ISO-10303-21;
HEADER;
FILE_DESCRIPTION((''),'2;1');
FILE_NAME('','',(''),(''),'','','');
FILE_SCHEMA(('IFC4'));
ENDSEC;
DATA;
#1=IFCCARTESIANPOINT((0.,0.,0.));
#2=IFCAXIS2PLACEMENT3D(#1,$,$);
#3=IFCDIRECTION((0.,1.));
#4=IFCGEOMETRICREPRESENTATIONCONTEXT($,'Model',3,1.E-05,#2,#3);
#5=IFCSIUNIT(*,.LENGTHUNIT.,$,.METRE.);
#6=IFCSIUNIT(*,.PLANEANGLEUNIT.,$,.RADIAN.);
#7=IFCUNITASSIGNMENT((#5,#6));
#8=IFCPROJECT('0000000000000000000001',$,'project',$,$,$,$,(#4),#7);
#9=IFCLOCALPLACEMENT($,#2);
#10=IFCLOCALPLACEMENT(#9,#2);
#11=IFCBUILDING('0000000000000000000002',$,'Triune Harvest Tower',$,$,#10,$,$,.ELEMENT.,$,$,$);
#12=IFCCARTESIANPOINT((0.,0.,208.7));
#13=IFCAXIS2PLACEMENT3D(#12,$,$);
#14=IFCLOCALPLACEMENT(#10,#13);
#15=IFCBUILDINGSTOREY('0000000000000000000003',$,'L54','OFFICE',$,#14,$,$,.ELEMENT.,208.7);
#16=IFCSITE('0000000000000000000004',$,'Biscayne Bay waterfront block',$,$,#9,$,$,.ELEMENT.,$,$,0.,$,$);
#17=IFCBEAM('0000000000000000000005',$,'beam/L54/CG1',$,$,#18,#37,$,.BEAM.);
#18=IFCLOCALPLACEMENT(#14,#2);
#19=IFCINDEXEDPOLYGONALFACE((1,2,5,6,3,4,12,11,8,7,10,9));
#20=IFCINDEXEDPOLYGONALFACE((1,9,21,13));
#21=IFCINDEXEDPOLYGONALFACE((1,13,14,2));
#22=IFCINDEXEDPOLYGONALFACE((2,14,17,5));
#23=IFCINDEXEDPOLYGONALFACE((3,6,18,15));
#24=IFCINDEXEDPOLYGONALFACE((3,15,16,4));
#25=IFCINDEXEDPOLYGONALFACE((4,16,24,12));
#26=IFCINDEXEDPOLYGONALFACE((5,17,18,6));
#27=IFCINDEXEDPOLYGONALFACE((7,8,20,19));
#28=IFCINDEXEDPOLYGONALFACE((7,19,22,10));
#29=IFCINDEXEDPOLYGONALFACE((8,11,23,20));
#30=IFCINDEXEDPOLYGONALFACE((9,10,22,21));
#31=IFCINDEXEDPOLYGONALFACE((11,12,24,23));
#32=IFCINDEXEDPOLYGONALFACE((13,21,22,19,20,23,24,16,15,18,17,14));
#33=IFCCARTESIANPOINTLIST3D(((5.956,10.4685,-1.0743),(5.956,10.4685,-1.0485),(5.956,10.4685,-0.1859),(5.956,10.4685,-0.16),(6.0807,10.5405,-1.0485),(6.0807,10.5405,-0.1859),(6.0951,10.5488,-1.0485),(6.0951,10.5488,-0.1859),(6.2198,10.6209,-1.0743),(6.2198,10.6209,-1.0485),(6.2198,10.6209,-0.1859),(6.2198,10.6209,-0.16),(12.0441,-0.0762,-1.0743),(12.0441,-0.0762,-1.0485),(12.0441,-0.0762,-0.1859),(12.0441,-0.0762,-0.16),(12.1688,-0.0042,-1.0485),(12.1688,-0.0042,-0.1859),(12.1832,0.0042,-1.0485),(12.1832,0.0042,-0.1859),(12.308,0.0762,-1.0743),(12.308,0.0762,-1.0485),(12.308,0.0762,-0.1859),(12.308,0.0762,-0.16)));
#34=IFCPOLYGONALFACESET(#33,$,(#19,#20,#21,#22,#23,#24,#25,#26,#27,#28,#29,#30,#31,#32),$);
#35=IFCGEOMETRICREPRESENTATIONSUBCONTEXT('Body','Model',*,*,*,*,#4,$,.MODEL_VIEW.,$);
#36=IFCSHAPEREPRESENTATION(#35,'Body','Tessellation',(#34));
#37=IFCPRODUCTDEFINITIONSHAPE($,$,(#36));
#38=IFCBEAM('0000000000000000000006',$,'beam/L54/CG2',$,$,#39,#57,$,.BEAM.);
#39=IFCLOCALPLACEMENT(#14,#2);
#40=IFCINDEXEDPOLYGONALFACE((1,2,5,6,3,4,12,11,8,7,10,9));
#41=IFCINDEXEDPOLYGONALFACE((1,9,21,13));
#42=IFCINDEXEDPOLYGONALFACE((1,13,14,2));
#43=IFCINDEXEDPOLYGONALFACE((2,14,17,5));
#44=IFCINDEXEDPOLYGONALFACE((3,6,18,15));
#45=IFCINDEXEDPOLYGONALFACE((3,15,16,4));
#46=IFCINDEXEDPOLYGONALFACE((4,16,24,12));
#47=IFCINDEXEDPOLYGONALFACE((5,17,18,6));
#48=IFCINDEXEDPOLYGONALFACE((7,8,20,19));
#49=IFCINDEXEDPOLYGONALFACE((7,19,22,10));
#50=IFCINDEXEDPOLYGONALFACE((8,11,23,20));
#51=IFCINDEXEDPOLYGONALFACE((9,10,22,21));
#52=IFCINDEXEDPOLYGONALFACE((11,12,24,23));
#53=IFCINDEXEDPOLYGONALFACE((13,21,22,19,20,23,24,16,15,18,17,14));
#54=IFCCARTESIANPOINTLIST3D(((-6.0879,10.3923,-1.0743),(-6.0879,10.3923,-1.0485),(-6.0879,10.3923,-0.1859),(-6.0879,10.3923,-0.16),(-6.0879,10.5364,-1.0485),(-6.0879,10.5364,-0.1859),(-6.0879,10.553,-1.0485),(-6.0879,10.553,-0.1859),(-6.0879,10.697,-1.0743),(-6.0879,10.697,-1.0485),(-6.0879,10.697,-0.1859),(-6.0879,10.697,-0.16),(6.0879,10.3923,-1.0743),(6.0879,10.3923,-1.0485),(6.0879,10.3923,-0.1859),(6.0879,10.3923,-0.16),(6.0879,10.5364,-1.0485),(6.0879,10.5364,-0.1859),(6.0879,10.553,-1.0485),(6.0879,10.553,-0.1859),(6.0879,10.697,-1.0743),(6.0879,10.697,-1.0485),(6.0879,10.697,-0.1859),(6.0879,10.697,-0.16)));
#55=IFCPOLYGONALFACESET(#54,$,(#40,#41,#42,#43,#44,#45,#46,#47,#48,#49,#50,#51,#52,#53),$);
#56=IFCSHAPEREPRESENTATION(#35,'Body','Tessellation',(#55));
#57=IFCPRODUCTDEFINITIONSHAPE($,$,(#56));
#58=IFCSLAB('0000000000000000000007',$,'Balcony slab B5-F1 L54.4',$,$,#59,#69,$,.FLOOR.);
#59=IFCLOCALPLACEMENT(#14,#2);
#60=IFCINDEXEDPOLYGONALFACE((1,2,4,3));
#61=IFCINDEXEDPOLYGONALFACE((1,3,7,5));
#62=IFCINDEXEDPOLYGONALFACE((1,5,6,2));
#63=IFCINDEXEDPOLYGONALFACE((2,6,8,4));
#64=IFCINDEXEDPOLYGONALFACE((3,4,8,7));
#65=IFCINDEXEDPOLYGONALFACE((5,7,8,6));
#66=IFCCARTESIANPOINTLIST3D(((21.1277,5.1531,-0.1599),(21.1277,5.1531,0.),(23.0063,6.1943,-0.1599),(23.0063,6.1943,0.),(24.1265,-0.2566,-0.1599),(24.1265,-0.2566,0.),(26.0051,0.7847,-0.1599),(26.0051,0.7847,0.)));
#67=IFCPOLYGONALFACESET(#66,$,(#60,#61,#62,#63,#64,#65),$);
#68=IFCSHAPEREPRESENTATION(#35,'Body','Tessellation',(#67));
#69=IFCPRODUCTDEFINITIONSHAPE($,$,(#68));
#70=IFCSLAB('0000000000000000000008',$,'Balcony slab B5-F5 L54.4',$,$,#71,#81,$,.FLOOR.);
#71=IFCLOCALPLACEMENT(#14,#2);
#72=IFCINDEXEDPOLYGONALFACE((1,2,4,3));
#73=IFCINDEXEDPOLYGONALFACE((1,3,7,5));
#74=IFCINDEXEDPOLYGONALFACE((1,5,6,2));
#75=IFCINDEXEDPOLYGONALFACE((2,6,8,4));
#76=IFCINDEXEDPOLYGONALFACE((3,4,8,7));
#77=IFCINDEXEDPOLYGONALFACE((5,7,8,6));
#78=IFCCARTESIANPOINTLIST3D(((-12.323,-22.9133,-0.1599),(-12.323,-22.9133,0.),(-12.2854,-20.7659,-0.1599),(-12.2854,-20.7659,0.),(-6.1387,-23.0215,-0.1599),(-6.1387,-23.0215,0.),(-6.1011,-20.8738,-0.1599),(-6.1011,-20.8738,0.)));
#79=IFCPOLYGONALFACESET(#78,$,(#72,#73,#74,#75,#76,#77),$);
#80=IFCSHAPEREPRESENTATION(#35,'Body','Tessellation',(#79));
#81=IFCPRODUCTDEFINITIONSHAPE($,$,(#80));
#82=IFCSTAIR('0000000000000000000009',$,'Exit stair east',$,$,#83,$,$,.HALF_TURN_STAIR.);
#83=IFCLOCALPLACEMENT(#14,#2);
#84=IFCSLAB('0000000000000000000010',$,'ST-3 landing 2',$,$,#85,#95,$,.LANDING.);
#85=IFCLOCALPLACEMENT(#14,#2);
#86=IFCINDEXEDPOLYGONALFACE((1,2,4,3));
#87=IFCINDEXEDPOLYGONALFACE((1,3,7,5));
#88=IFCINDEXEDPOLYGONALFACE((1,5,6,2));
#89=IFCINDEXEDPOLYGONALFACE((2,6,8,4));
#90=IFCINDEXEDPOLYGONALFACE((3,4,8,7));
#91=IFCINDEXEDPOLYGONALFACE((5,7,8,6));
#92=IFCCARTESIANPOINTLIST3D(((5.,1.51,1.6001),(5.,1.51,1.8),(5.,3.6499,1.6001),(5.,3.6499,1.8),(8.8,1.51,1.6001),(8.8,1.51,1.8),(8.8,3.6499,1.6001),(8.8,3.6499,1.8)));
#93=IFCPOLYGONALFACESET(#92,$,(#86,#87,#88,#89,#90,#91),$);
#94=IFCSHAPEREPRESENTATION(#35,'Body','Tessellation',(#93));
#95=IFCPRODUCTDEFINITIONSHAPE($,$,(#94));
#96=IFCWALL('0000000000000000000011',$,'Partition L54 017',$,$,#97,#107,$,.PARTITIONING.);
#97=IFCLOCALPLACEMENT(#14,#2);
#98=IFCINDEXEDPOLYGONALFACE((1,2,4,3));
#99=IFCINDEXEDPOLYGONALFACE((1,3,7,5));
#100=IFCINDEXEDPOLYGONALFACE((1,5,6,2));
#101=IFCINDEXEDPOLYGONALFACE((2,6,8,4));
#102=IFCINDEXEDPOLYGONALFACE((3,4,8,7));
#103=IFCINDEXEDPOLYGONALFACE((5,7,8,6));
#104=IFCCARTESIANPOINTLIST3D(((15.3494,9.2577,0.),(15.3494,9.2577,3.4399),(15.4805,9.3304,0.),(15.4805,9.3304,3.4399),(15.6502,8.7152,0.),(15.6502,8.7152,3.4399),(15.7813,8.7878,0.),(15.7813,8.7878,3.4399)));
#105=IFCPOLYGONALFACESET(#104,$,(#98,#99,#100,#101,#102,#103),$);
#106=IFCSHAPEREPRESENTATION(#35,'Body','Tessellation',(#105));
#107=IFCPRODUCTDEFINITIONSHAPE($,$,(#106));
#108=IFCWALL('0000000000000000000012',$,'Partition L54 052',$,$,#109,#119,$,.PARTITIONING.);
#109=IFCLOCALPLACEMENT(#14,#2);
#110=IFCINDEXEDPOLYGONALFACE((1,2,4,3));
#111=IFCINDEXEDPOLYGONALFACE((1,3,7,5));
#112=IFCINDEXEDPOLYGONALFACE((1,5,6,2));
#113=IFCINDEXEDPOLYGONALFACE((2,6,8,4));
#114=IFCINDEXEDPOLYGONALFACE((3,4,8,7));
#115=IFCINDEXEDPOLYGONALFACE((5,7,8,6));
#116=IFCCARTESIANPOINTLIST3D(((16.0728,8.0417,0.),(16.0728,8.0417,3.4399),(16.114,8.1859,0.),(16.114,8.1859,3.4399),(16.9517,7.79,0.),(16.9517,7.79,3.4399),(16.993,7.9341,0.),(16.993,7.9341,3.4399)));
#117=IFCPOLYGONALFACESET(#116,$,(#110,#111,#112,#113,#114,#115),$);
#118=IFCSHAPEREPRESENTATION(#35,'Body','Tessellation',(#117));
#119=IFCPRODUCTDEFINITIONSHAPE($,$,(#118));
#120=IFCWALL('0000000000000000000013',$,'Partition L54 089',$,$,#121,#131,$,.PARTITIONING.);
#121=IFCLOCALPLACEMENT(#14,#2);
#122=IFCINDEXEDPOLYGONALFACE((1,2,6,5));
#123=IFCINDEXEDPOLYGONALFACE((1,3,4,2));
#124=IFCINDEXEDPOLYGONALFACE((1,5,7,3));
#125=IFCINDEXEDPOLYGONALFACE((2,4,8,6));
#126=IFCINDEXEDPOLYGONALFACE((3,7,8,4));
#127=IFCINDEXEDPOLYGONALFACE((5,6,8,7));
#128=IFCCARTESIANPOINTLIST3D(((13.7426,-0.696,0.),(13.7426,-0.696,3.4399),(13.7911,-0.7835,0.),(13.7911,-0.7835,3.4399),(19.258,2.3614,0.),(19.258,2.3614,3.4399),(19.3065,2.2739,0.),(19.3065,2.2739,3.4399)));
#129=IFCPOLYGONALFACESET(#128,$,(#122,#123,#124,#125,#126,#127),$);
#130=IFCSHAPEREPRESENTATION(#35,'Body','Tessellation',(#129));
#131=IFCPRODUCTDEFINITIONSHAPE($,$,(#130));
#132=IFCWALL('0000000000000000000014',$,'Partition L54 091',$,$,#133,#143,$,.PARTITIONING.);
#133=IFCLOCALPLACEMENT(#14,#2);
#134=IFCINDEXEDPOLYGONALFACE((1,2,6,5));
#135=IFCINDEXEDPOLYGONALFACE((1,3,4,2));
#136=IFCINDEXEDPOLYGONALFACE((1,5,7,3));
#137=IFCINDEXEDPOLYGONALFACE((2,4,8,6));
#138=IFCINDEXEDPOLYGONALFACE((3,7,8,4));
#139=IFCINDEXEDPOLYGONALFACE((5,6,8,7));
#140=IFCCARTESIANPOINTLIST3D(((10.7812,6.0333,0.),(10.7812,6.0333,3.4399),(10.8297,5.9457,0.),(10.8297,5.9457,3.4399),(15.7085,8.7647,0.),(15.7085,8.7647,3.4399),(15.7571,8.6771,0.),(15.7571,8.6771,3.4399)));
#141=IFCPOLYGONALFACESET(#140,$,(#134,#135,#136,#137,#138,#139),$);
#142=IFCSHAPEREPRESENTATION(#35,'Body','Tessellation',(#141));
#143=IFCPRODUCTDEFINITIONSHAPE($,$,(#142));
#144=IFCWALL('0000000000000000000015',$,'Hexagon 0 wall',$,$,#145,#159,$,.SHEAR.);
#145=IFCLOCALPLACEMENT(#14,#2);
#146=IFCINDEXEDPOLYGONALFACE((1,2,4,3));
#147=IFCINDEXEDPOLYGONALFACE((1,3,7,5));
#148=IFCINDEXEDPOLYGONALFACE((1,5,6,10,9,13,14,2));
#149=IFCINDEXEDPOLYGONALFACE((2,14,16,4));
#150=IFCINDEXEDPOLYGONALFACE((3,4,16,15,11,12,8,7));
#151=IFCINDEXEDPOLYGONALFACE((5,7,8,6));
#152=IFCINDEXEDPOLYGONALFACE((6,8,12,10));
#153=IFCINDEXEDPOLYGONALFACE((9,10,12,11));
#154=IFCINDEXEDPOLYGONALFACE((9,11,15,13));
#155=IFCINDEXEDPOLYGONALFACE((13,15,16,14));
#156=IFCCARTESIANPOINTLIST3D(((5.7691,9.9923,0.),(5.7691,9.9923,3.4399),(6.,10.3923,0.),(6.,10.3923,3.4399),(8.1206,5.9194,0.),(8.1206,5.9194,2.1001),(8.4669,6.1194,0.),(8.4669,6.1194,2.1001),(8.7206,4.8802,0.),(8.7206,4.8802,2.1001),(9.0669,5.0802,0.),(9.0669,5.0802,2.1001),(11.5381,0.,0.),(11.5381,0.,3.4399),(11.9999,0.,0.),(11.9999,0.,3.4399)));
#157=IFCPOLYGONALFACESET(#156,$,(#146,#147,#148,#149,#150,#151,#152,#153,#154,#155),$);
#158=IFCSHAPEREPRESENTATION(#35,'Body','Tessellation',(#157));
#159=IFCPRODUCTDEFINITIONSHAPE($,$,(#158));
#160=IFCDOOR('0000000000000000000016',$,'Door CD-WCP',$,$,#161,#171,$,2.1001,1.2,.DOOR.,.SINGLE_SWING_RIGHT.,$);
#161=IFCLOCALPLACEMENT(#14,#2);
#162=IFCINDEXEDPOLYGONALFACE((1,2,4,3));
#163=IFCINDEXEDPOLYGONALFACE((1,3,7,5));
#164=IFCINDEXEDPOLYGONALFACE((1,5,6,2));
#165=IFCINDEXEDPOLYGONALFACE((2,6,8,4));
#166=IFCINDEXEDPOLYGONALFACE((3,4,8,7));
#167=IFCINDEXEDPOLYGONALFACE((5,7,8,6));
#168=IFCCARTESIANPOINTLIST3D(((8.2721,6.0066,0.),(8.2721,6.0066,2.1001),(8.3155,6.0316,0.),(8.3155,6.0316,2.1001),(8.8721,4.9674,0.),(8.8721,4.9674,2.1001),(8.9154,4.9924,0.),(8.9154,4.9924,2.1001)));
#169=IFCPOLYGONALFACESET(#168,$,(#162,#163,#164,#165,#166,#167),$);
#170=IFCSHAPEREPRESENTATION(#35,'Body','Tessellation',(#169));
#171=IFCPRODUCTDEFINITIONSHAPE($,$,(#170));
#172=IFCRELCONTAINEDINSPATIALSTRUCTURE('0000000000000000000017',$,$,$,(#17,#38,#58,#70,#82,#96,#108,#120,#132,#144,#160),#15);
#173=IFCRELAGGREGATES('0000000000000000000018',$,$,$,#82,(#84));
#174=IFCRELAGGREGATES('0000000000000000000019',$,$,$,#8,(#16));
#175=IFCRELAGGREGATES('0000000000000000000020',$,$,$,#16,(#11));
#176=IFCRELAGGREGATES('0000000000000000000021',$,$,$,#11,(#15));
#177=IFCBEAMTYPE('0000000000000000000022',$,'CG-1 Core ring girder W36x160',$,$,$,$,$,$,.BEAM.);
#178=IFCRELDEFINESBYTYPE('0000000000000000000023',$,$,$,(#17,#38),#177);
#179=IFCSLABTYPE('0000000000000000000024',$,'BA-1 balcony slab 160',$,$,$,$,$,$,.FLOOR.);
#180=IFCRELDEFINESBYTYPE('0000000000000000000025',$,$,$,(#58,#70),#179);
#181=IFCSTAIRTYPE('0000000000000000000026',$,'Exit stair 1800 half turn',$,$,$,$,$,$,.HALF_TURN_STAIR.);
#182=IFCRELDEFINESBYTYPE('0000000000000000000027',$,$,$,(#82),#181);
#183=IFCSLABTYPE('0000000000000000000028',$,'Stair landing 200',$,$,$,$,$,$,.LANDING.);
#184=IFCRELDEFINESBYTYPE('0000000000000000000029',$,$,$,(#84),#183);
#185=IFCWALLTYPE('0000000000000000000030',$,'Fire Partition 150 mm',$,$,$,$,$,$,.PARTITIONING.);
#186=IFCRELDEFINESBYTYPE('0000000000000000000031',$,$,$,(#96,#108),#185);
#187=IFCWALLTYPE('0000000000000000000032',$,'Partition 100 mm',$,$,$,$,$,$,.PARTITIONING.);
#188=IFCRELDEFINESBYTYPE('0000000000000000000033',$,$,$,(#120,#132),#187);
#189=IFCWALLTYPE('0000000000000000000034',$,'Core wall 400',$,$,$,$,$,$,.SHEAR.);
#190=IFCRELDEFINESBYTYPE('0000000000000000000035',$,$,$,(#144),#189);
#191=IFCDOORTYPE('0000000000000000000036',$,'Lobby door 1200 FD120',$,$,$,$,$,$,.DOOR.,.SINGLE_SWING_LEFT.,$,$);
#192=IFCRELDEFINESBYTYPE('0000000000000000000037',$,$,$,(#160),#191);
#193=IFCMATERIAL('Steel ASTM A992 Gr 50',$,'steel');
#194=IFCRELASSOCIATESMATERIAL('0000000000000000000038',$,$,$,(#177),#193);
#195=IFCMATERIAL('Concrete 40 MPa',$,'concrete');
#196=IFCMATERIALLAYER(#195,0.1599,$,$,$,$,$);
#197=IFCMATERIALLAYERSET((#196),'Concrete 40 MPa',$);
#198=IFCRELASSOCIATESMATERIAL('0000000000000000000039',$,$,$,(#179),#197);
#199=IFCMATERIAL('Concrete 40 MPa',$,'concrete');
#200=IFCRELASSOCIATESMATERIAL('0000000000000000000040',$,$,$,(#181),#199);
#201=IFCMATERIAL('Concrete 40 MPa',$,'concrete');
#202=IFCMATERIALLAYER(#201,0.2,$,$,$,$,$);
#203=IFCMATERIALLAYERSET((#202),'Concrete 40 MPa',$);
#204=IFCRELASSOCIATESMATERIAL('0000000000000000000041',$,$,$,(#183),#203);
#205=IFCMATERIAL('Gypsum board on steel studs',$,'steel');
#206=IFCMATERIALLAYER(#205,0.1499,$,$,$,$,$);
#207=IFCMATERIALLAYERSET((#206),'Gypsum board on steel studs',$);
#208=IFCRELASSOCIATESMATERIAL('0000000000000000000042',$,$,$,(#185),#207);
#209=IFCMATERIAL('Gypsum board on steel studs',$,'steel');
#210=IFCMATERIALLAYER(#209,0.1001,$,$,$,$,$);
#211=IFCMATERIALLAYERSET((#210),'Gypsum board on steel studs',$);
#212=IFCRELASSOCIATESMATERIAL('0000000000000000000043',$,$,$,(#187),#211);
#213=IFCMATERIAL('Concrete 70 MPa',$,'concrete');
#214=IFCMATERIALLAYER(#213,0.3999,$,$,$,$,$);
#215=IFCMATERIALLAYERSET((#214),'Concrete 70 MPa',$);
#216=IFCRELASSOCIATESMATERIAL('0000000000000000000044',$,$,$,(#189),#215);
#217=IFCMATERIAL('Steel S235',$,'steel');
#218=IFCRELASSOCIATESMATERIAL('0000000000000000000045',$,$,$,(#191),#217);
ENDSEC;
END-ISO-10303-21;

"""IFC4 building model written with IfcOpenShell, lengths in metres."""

from ifc_helpers import new_model, si_unit, direction, frame, frame_2d, origin, origin_2d, place, context, subcontext, project, spatial, polyline, rectangle, i_section, outline, extrude, source, transform, mapped, material, layer, layer_set, material_profile, profile_set, type_object, element, fill, aggregate, save


model = new_model("IFC4")

# Units and contexts
model_context = context("Model", 3, precision=1e-05, world=origin(), true_north=direction((0.0, 1.0)))
body_context = subcontext(model_context, "Body", "Model", "MODEL_VIEW")
ifc_project = project(units=[si_unit("LENGTHUNIT", "METRE"), si_unit("PLANEANGLEUNIT", "RADIAN")], contexts=[model_context])

# Site, building, storey
site_placement = place(None, origin())
site = spatial("IfcSite", under=ifc_project, at=site_placement, Name="Biscayne Bay waterfront block", CompositionType="ELEMENT", RefElevation=0.0)
building_placement = place(site_placement, origin())
building = spatial("IfcBuilding", under=site, at=building_placement, Name="Triune Harvest Tower", CompositionType="ELEMENT")
storey_placement = place(building_placement, frame((0.0, 0.0, 208.7)))
storey = spatial("IfcBuildingStorey", under=building, at=storey_placement, Name="L54", Description="OFFICE", CompositionType="ELEMENT", Elevation=208.7)

# Beams
ifc_material_1 = material(Name="Steel ASTM A992 Gr 50", Category="steel")
ifc_material_profile = material_profile(ifc_material_1, i_section(OverallWidth=0.3047, OverallDepth=0.9143, WebThickness=0.0166, FlangeThickness=0.0259, at=origin_2d()), Name="W36x160")
ifc_profile_set = profile_set([ifc_material_profile], Name="Steel ASTM A992 Gr 50")
beam_type = type_object("IfcBeamType", Name="CG-1 Core ring girder W36x160", PredefinedType="BEAM", material=ifc_profile_set)
shared_shape_1 = source(origin(), body_context, "Body", "SweptSolid", [
    extrude(i_section(OverallWidth=0.3047, OverallDepth=0.9143, WebThickness=0.0166, FlangeThickness=0.0259, at=origin_2d()), origin(), (0.0, 0.0, 1.0), 12.176),
])
beam_1_placement = place(storey_placement, frame((12.176, 0.0, -0.6172), z_axis=(-0.50001, 0.86602, 0.0), x_axis=(-0.86602, -0.50001, 0.0)))
element("IfcBeam", 1, at=beam_1_placement, inside=storey, type_object=beam_type, Name="beam/L54/CG1", PredefinedType="BEAM", context=body_context, shape_type="MappedRepresentation", body=[
    mapped(shared_shape_1, transform((0.0, 0.0, 0.0), scale=1.0)),
])
shared_shape_2 = source(origin(), body_context, "Body", "SweptSolid", [
    extrude(i_section(OverallWidth=0.3047, OverallDepth=0.9143, WebThickness=0.0166, FlangeThickness=0.0259, at=origin_2d()), origin(), (0.0, 0.0, 1.0), 12.1758),
])
beam_2_placement = place(storey_placement, frame((6.0879, 10.5447, -0.6172), z_axis=(-1.0, 0.0, 0.0), x_axis=(0.0, -1.0, 0.0)))
element("IfcBeam", 2, at=beam_2_placement, inside=storey, type_object=beam_type, Name="beam/L54/CG2", PredefinedType="BEAM", context=body_context, shape_type="MappedRepresentation", body=[
    mapped(shared_shape_2, transform((0.0, 0.0, 0.0), scale=1.0)),
])

# Slabs
ifc_material_2 = material(Name="Concrete 40 MPa", Category="concrete")
ifc_layer_1 = layer(ifc_material_2, 0.1599)
ifc_layer_set_1 = layer_set([ifc_layer_1], Name="Concrete 40 MPa")
slab_type_1 = type_object("IfcSlabType", Name="BA-1 balcony slab 160", PredefinedType="FLOOR", material=ifc_layer_set_1)
slab_1_placement = place(storey_placement, frame((0.0, 0.0, -0.1599)))
element("IfcSlab", 3, at=slab_1_placement, inside=storey, type_object=slab_type_1, Name="Balcony slab B5-F1 L54.4", PredefinedType="FLOOR", context=body_context, shape_type="SweptSolid", body=[
    extrude(outline(polyline([(24.1265, -0.2566), (21.1277, 5.1531), (23.0063, 6.1943), (26.0051, 0.7847), (24.1265, -0.2566)])), origin(), (0.0, 0.0, 1.0), 0.1599),
])
slab_2_placement = place(storey_placement, frame((0.0, 0.0, -0.1599)))
element("IfcSlab", 4, at=slab_2_placement, inside=storey, type_object=slab_type_1, Name="Balcony slab B5-F5 L54.4", PredefinedType="FLOOR", context=body_context, shape_type="SweptSolid", body=[
    extrude(outline(polyline([(-12.2854, -20.7659), (-6.1011, -20.8738), (-6.1387, -23.0215), (-12.323, -22.9133), (-12.2854, -20.7659)])), origin(), (0.0, 0.0, 1.0), 0.1599),
])

# Stair, slab
ifc_material_3 = material(Name="Concrete 40 MPa", Category="concrete")
stair_type = type_object("IfcStairType", Name="Exit stair 1800 half turn", PredefinedType="HALF_TURN_STAIR", material=ifc_material_3)
stair_1_placement = place(storey_placement, origin())
stair_1 = element("IfcStair", 5, at=stair_1_placement, inside=storey, type_object=stair_type, Name="Exit stair east", PredefinedType="HALF_TURN_STAIR")
ifc_material_4 = material(Name="Concrete 40 MPa", Category="concrete")
ifc_layer_2 = layer(ifc_material_4, 0.2)
ifc_layer_set_2 = layer_set([ifc_layer_2], Name="Concrete 40 MPa")
slab_type_2 = type_object("IfcSlabType", Name="Stair landing 200", PredefinedType="LANDING", material=ifc_layer_set_2)
shared_shape_3 = source(origin(), body_context, "Body", "SweptSolid", [
    extrude(outline(polyline([(8.8, 1.51), (8.8, 3.6499), (5.0, 3.6499), (5.0, 1.51), (8.8, 1.51)])), origin(), (0.0, 0.0, 1.0), 0.2),
])
slab_3_placement = place(storey_placement, frame((0.0, 0.0, 1.6001)))
slab_3 = element("IfcSlab", 6, at=slab_3_placement, type_object=slab_type_2, Name="ST-3 landing 2", PredefinedType="LANDING", context=body_context, shape_type="MappedRepresentation", body=[
    mapped(shared_shape_3, transform((0.0, 0.0, 0.0), scale=1.0)),
])

# Walls
ifc_material_5 = material(Name="Gypsum board on steel studs", Category="steel")
ifc_layer_3 = layer(ifc_material_5, 0.1499)
ifc_layer_set_3 = layer_set([ifc_layer_3], Name="Gypsum board on steel studs")
wall_type_1 = type_object("IfcWallType", Name="Fire Partition 150 mm", PredefinedType="PARTITIONING", material=ifc_layer_set_3)
wall_1_placement = place(storey_placement, frame((15.415, 9.2939, 0.0), z_axis=(0.0, 0.0, 1.0), x_axis=(0.484908, -0.874565, 0.0)))
element("IfcWall", 7, at=wall_1_placement, inside=storey, type_object=wall_type_1, Name="Partition L54 017", PredefinedType="PARTITIONING", context=body_context, shape_type="SweptSolid", body=[
    extrude(rectangle(XDim=0.6204, YDim=0.1499, at=frame_2d((0.3101, 0.0))), origin(), (0.0, 0.0, 1.0), 3.4399),
])
wall_2_placement = place(storey_placement, frame((16.0935, 8.1138, 0.0), z_axis=(0.0, 0.0, 1.0), x_axis=(0.961352, -0.275321, 0.0)))
element("IfcWall", 8, at=wall_2_placement, inside=storey, type_object=wall_type_1, Name="Partition L54 052", PredefinedType="PARTITIONING", context=body_context, shape_type="SweptSolid", body=[
    extrude(rectangle(XDim=0.9143, YDim=0.1499, at=frame_2d((0.457, 0.0))), origin(), (0.0, 0.0, 1.0), 3.4399),
])
ifc_material_6 = material(Name="Gypsum board on steel studs", Category="steel")
ifc_layer_4 = layer(ifc_material_6, 0.1001)
ifc_layer_set_4 = layer_set([ifc_layer_4], Name="Gypsum board on steel studs")
wall_type_2 = type_object("IfcWallType", Name="Partition 100 mm", PredefinedType="PARTITIONING", material=ifc_layer_set_4)
wall_3_placement = place(storey_placement, frame((13.7668, -0.7397, 0.0), z_axis=(0.0, 0.0, 1.0), x_axis=(0.87461, 0.484828, 0.0)))
element("IfcWall", 9, at=wall_3_placement, inside=storey, type_object=wall_type_2, Name="Partition L54 089", PredefinedType="PARTITIONING", context=body_context, shape_type="SweptSolid", body=[
    extrude(rectangle(XDim=6.3062, YDim=0.1001, at=frame_2d((3.1531, 0.0))), origin(), (0.0, 0.0, 1.0), 3.4399),
])
wall_4_placement = place(storey_placement, frame((10.8054, 5.9895, 0.0), z_axis=(0.0, 0.0, 1.0), x_axis=(0.874613, 0.484822, 0.0)))
element("IfcWall", 10, at=wall_4_placement, inside=storey, type_object=wall_type_2, Name="Partition L54 091", PredefinedType="PARTITIONING", context=body_context, shape_type="SweptSolid", body=[
    extrude(rectangle(XDim=5.6338, YDim=0.1001, at=frame_2d((2.8169, 0.0))), origin(), (0.0, 0.0, 1.0), 3.4399),
])

# Wall, opening, door
ifc_material_7 = material(Name="Concrete 70 MPa", Category="concrete")
ifc_layer_5 = layer(ifc_material_7, 0.3999)
ifc_layer_set_5 = layer_set([ifc_layer_5], Name="Concrete 70 MPa")
wall_type_3 = type_object("IfcWallType", Name="Core wall 400", PredefinedType="SHEAR", material=ifc_layer_set_5)
shared_shape_4 = source(origin(), body_context, "Body", "SweptSolid", [
    extrude(outline(polyline([(-0.1155, -0.2), (11.8845, -0.2), (11.6536, 0.2), (0.1155, 0.2), (-0.1155, -0.2)])), origin(), (0.0, 0.0, 1.0), 3.4399),
])
wall_5_placement = place(storey_placement, frame((11.769, 0.0, 0.0), z_axis=(0.0, 0.0, 1.0), x_axis=(-0.499997, 0.866027, 0.0)))
wall_5 = element("IfcWall", 11, at=wall_5_placement, inside=storey, type_object=wall_type_3, Name="Hexagon 0 wall", PredefinedType="SHEAR", context=body_context, shape_type="MappedRepresentation", body=[
    mapped(shared_shape_4, transform((0.0, 0.0, 0.0), scale=1.0)),
])
opening_1_placement = place(wall_5_placement, frame((5.7505, 0.0, 0.0)))
opening_1 = element("IfcOpeningElement", 12, at=opening_1_placement, cuts=wall_5, PredefinedType="OPENING", context=body_context, shape_type="SweptSolid", body=[
    extrude(rectangle(XDim=1.2, YDim=2.1001, at=frame_2d((0.6001, 1.05))), frame((0.0, 0.21, 0.0), z_axis=(0.0, -1.0, 0.0), x_axis=(1.0, 0.0, 0.0)), (0.0, 0.0, 1.0), 0.4199),
])
ifc_material_8 = material(Name="Steel S235", Category="steel")
door_type_1 = type_object("IfcDoorType", Name="Lobby door 1200 FD120", OperationType="SINGLE_SWING_LEFT", PredefinedType="DOOR", material=ifc_material_8)
door_1_placement = place(opening_1_placement, frame((1.2, 0.0, 0.0), z_axis=(0.0, 0.0, 1.0), x_axis=(-1.0, 0.0, 0.0)))
door_1 = element("IfcDoor", 13, at=door_1_placement, inside=storey, type_object=door_type_1, Name="Door CD-WCP", OperationType="SINGLE_SWING_RIGHT", OverallHeight=2.1001, OverallWidth=1.2, PredefinedType="DOOR", context=body_context, shape_type="SweptSolid", body=[
    extrude(rectangle(XDim=1.2, YDim=2.1001, at=frame_2d((0.6001, 1.05))), frame((0.0, 0.0249, 0.0), z_axis=(0.0, -1.0, 0.0), x_axis=(1.0, 0.0, 0.0)), (0.0, 0.0, 1.0), 0.05),
])
fill(opening_1, door_1)

aggregate(stair_1, [slab_3])

save(model, "model.ifc")
